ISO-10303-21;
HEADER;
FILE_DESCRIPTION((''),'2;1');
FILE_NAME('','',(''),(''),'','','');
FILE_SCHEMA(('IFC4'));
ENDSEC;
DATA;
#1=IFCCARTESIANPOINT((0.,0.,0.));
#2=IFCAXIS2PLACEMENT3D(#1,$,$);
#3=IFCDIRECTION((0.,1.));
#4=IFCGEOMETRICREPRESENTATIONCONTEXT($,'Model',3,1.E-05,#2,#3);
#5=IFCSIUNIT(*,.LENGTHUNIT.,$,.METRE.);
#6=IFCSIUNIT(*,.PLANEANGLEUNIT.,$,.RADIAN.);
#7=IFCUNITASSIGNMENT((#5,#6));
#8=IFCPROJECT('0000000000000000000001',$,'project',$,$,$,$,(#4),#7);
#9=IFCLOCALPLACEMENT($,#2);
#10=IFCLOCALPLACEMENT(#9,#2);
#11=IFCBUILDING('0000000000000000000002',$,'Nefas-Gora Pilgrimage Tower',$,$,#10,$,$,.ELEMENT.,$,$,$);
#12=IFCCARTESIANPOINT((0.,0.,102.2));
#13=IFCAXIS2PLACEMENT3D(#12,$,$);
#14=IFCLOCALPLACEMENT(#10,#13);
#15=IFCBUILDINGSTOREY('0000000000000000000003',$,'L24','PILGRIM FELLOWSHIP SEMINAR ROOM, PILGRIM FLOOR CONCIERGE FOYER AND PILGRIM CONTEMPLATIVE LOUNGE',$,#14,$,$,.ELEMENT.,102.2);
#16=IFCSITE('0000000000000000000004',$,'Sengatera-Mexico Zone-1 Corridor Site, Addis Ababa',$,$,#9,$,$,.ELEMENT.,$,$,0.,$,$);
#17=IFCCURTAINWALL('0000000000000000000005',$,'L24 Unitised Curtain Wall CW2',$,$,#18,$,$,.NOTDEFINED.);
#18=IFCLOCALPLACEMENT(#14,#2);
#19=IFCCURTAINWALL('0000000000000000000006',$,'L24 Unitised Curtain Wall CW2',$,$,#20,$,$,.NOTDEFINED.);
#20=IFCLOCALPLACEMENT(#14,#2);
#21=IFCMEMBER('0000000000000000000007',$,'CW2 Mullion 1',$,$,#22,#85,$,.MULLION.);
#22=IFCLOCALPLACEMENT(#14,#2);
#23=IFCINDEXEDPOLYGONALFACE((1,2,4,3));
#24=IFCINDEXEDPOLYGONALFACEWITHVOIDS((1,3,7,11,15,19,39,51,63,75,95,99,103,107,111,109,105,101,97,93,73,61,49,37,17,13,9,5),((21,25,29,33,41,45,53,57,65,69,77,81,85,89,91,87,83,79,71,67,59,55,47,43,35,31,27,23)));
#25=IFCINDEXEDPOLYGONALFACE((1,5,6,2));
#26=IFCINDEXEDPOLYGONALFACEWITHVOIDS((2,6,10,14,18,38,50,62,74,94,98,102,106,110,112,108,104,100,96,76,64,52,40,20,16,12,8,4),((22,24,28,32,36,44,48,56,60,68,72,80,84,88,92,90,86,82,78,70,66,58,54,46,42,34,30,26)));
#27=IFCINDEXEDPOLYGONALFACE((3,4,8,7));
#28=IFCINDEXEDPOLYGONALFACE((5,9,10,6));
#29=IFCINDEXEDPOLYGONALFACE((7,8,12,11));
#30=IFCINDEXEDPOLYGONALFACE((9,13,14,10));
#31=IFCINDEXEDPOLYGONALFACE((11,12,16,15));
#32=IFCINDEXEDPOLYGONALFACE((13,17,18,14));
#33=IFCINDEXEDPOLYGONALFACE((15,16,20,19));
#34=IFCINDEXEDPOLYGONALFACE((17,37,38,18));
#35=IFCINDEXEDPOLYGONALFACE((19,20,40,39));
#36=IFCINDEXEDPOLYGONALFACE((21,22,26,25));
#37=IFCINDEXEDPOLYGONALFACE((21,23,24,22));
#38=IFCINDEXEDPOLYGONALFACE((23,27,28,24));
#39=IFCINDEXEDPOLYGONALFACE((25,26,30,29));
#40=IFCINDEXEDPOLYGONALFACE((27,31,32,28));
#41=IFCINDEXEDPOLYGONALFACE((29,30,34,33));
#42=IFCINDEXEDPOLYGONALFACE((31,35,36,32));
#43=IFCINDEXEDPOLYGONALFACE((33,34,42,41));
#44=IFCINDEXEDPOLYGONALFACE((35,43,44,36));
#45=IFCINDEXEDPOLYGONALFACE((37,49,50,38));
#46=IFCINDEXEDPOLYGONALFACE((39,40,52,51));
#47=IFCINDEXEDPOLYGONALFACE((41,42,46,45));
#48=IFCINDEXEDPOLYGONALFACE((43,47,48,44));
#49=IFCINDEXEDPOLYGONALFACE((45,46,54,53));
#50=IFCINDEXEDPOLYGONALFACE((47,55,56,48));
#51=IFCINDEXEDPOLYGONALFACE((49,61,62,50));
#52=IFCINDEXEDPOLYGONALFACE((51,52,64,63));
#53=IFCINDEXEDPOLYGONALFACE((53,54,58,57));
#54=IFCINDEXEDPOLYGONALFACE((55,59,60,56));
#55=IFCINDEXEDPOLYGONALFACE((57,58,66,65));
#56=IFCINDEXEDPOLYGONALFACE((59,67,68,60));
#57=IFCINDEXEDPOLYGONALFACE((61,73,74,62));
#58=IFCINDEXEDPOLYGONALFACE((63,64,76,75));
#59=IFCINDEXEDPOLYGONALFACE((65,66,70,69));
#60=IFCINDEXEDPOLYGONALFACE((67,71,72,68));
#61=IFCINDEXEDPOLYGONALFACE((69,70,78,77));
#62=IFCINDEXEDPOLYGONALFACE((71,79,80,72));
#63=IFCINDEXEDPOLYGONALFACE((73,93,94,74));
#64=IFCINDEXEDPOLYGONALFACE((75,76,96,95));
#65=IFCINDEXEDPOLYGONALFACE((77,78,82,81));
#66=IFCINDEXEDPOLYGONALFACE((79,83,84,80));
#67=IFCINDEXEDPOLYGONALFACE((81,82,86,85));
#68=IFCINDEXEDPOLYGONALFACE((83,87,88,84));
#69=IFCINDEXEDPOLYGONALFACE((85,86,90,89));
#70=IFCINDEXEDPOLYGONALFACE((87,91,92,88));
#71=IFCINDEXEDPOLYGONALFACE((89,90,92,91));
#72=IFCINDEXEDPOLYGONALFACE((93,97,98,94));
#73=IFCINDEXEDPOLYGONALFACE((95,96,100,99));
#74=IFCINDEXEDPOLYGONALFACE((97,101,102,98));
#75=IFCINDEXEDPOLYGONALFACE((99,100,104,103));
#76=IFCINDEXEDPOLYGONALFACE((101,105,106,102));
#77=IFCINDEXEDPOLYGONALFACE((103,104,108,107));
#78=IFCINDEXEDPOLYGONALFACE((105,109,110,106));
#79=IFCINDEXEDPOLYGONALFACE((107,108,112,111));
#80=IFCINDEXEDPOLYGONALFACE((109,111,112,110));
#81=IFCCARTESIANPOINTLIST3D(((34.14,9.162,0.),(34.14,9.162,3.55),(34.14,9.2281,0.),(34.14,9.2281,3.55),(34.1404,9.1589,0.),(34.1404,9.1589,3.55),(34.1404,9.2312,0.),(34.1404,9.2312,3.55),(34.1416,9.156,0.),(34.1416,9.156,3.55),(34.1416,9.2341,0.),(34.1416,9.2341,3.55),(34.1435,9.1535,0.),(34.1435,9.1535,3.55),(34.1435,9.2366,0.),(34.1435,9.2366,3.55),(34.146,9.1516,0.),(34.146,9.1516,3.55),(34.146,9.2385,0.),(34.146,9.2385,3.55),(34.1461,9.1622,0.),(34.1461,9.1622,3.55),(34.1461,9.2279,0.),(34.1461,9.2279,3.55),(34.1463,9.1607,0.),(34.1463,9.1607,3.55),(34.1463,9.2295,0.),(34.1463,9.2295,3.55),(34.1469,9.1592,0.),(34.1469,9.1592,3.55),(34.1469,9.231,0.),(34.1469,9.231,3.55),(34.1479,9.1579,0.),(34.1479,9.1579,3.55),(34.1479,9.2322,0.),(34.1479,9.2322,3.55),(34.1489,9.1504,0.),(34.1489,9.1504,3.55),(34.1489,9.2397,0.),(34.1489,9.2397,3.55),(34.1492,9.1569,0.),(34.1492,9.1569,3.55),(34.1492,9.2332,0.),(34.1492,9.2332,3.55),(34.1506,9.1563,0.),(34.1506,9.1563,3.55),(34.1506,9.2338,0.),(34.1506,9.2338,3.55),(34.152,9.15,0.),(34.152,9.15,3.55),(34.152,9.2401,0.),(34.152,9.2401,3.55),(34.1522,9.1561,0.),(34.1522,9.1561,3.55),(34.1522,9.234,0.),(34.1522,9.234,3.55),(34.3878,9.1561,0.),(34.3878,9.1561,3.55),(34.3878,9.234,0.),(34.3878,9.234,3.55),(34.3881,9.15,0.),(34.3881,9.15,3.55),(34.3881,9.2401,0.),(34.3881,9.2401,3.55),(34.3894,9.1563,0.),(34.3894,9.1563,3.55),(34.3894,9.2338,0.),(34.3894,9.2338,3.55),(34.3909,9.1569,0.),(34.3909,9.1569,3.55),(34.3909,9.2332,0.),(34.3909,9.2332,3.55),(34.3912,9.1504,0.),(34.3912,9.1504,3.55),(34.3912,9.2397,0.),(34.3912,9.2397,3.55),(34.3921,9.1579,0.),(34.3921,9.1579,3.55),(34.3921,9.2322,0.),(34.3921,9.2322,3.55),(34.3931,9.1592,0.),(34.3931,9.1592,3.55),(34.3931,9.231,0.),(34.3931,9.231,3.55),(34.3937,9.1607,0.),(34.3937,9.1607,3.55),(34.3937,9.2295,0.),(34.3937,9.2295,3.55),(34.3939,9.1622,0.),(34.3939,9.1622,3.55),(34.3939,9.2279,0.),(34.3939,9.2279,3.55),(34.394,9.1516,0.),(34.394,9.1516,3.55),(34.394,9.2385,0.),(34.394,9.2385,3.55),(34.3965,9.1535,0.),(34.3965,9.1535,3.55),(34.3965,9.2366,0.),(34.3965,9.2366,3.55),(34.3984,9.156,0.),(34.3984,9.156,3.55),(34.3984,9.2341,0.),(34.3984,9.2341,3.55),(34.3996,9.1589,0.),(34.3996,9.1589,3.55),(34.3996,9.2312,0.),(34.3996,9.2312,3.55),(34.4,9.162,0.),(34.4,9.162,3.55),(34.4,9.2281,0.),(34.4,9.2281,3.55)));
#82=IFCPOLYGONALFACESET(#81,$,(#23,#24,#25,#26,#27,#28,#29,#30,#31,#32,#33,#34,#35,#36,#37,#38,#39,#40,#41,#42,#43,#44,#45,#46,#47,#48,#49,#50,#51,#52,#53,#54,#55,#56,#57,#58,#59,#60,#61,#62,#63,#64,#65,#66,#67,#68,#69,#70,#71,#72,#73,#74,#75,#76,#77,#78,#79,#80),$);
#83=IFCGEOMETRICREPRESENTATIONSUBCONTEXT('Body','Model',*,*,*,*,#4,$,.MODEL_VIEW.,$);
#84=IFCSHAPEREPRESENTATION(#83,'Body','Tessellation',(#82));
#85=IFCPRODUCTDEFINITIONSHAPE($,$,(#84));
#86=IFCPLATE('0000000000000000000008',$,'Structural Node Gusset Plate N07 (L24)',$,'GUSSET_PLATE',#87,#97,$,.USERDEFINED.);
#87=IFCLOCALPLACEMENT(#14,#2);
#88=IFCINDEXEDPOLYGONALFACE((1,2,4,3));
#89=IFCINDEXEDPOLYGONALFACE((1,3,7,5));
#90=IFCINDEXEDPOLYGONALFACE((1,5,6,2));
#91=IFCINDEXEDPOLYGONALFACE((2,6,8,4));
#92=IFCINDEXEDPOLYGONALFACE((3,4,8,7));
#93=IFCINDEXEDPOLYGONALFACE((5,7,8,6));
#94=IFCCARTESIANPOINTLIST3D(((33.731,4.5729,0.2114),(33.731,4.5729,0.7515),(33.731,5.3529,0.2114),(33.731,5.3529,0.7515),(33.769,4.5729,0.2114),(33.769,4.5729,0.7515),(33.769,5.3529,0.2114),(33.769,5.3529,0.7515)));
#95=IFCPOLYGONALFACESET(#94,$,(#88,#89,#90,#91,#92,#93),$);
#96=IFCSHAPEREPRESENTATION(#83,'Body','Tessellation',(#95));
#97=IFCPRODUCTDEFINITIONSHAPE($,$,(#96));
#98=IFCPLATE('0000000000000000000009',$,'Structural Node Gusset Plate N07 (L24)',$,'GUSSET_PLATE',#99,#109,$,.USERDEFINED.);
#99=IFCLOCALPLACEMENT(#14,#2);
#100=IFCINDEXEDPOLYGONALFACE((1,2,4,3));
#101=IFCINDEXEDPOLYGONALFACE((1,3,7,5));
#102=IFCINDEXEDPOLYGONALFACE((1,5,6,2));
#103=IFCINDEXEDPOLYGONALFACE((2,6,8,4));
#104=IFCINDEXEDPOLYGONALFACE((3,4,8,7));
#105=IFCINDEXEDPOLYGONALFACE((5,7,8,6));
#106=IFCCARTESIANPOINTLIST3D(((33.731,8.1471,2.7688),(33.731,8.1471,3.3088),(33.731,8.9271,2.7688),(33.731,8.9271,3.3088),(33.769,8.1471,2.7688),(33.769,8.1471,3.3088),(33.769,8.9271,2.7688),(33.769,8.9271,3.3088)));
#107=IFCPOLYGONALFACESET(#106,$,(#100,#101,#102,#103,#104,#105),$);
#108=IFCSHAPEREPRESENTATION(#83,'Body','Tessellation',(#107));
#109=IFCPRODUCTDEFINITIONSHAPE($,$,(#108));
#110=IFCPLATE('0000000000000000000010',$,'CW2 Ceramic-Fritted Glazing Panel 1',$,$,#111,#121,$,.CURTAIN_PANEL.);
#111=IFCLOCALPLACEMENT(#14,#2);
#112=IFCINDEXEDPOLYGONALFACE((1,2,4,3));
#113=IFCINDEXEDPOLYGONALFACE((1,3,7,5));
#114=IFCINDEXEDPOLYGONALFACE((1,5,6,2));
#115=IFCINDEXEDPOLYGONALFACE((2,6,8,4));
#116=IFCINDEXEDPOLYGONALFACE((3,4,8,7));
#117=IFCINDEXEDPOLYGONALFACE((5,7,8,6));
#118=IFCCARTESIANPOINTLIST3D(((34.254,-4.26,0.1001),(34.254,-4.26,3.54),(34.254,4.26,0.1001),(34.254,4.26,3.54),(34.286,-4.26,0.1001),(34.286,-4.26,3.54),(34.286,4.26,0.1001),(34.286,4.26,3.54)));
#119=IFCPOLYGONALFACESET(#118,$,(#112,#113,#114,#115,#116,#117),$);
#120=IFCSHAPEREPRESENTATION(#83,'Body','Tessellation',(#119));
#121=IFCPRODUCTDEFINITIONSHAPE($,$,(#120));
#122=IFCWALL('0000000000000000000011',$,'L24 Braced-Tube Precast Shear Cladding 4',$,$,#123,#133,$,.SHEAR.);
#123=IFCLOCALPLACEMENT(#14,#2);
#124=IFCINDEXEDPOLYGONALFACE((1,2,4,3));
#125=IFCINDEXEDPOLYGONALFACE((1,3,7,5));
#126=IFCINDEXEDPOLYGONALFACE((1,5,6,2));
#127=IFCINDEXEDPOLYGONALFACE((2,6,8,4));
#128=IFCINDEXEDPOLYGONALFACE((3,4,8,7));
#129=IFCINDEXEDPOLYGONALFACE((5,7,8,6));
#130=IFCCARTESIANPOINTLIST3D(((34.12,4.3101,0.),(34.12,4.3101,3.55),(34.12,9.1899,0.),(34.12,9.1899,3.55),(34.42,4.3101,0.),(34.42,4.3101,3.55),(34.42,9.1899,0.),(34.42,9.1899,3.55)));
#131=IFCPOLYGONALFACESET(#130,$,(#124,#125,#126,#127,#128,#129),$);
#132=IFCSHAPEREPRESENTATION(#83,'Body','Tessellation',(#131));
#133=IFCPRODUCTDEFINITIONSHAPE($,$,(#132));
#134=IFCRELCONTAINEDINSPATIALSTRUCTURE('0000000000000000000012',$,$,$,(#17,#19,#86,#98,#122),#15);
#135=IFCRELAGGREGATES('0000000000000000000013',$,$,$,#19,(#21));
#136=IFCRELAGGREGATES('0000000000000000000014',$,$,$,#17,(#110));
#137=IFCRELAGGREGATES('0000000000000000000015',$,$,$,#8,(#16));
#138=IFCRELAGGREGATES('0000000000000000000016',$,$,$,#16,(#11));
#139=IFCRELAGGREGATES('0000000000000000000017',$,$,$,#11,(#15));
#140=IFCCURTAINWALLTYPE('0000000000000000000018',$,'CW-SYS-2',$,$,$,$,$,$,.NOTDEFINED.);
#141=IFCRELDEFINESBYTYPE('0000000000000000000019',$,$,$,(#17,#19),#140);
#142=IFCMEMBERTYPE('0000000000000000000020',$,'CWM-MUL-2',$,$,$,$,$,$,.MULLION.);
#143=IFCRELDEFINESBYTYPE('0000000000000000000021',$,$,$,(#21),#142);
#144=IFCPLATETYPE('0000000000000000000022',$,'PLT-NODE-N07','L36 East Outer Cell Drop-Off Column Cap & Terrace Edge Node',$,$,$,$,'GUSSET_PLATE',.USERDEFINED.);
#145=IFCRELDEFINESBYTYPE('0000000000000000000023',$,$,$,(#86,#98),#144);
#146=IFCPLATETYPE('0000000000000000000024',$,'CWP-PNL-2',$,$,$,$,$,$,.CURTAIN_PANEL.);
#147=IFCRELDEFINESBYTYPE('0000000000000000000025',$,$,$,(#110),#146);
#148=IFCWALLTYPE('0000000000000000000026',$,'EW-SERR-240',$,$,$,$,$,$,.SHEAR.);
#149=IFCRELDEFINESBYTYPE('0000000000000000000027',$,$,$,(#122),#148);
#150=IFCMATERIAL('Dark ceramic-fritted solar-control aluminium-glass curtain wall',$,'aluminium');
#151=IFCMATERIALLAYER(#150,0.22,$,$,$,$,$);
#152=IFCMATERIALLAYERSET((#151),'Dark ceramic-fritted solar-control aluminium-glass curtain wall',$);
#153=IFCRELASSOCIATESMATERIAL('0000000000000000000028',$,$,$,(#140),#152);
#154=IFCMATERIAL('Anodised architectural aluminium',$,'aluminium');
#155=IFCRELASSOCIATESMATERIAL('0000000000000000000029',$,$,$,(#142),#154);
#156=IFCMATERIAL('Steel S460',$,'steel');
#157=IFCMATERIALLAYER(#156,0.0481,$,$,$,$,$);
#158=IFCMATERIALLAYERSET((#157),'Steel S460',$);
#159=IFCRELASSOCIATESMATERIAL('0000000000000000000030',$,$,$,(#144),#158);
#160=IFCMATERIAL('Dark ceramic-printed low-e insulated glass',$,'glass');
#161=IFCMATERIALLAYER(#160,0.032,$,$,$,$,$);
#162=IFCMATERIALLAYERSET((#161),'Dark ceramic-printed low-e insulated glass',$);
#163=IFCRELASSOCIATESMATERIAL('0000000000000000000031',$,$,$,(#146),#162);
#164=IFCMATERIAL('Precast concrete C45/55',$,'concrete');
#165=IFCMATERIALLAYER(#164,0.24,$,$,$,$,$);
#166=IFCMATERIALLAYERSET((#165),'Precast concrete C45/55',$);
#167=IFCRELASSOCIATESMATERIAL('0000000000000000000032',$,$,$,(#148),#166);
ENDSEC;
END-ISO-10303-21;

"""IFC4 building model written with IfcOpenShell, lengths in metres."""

from ifc_helpers import new_model, si_unit, direction, frame, frame_2d, origin, origin_2d, place, context, subcontext, project, spatial, rectangle, hollow_rectangle, extrude, source, transform, mapped, material, layer, layer_set, material_profile, profile_set, type_object, element, aggregate, save


model = new_model("IFC4")

# Units and contexts
model_context = context("Model", 3, precision=1e-05, world=origin(), true_north=direction((0.0, 1.0)))
body_context = subcontext(model_context, "Body", "Model", "MODEL_VIEW")
ifc_project = project(units=[si_unit("LENGTHUNIT", "METRE"), si_unit("PLANEANGLEUNIT", "RADIAN")], contexts=[model_context])

# Site, building, storey
site_placement = place(None, origin())
site = spatial("IfcSite", under=ifc_project, at=site_placement, Name="Sengatera-Mexico Zone-1 Corridor Site, Addis Ababa", CompositionType="ELEMENT", RefElevation=0.0)
building_placement = place(site_placement, origin())
building = spatial("IfcBuilding", under=site, at=building_placement, Name="Nefas-Gora Pilgrimage Tower", CompositionType="ELEMENT")
storey_placement = place(building_placement, frame((0.0, 0.0, 102.2)))
storey = spatial("IfcBuildingStorey", under=building, at=storey_placement, Name="L24", Description="PILGRIM FELLOWSHIP SEMINAR ROOM, PILGRIM FLOOR CONCIERGE FOYER AND PILGRIM CONTEMPLATIVE LOUNGE", CompositionType="ELEMENT", Elevation=102.2)

# Shared definitions
ifc_material_1 = material(Name="Steel S460", Category="steel")

# Curtain walls, member
ifc_material_2 = material(Name="Dark ceramic-fritted solar-control aluminium-glass curtain wall", Category="aluminium")
ifc_layer_1 = layer(ifc_material_2, 0.22)
ifc_layer_set_1 = layer_set([ifc_layer_1], Name="Dark ceramic-fritted solar-control aluminium-glass curtain wall")
curtain_wall_type = type_object("IfcCurtainWallType", Name="CW-SYS-2", PredefinedType="NOTDEFINED", material=ifc_layer_set_1)
curtain_wall_1_placement = place(storey_placement, origin())
curtain_wall_1 = element("IfcCurtainWall", 1, at=curtain_wall_1_placement, inside=storey, type_object=curtain_wall_type, Name="L24 Unitised Curtain Wall CW2", PredefinedType="NOTDEFINED")
ifc_material_3 = material(Name="Anodised architectural aluminium", Category="aluminium")
ifc_material_profile_1 = material_profile(ifc_material_3, hollow_rectangle(XDim=0.0901, YDim=0.26, WallThickness=0.0061, InnerFilletRadius=0.0061, OuterFilletRadius=0.012, at=origin_2d()), Name="ALU MULLION 90x260")
ifc_profile_set_1 = profile_set([ifc_material_profile_1], Name="Anodised architectural aluminium")
member_type_1 = type_object("IfcMemberType", Name="CWM-MUL-2", PredefinedType="MULLION", material=ifc_profile_set_1)
shared_shape_1 = source(origin(), body_context, "Body", "SweptSolid", [
    extrude(hollow_rectangle(XDim=0.0901, YDim=0.26, WallThickness=0.0061, InnerFilletRadius=0.0061, OuterFilletRadius=0.012, at=origin_2d()), origin(), (0.0, 0.0, 1.0), 3.55),
])
curtain_wall_2_placement = place(storey_placement, origin())
curtain_wall_2 = element("IfcCurtainWall", 2, at=curtain_wall_2_placement, inside=storey, type_object=curtain_wall_type, Name="L24 Unitised Curtain Wall CW2", PredefinedType="NOTDEFINED")
member_1_placement = place(storey_placement, frame((34.27, 9.1951, 0.0), z_axis=(0.0, 0.0, 1.0), x_axis=(0.0, 1.0, 0.0)))
member_1 = element("IfcMember", 3, at=member_1_placement, type_object=member_type_1, Name="CW2 Mullion 1", PredefinedType="MULLION", context=body_context, shape_type="MappedRepresentation", body=[
    mapped(shared_shape_1, transform((0.0, 0.0, 0.0), x_axis=(1.0, 0.0, 0.0), y_axis=(0.0, 1.0, 0.0), z_axis=(0.0, 0.0, 1.0), scale=1.0)),
])
aggregate(curtain_wall_2, [member_1])

# Plates
ifc_layer_2 = layer(ifc_material_1, 0.0481)
ifc_layer_set_2 = layer_set([ifc_layer_2], Name="Steel S460")
plate_type_1 = type_object("IfcPlateType", Name="PLT-NODE-N07", Description="L36 East Outer Cell Drop-Off Column Cap & Terrace Edge Node", ElementType="GUSSET_PLATE", PredefinedType="USERDEFINED", material=ifc_layer_set_2)
shared_shape_2 = source(origin(), body_context, "Body", "SweptSolid", [
    extrude(rectangle(XDim=0.78, YDim=0.0381, at=origin_2d()), origin(), (0.0, 0.0, 1.0), 0.54),
])
for number, where, z_axis, x_axis, name in (
    (4, (33.75, 4.9629, 0.2114), (0.0, 0.0, 1.0), (0.0, 1.0, 0.0), "Structural Node Gusset Plate N07 (L24)"),
    (5, (33.75, 8.5371, 2.7688), (0.0, 0.0, 1.0), (0.0, 1.0, 0.0), "Structural Node Gusset Plate N07 (L24)"),
):
    element("IfcPlate", number, at=place(storey_placement, frame(where, z_axis=z_axis, x_axis=x_axis)), inside=storey, type_object=plate_type_1, Name=name, ObjectType="GUSSET_PLATE", PredefinedType="USERDEFINED", context=body_context, shape_type="MappedRepresentation", body=[
        mapped(shared_shape_2, transform((0.0, 0.0, 0.0), x_axis=(1.0, 0.0, 0.0), y_axis=(0.0, 1.0, 0.0), z_axis=(0.0, 0.0, 1.0), scale=1.0)),
    ])

# Plate
ifc_material_4 = material(Name="Dark ceramic-printed low-e insulated glass", Category="glass")
ifc_layer_3 = layer(ifc_material_4, 0.032)
ifc_layer_set_3 = layer_set([ifc_layer_3], Name="Dark ceramic-printed low-e insulated glass")
plate_type_2 = type_object("IfcPlateType", Name="CWP-PNL-2", PredefinedType="CURTAIN_PANEL", material=ifc_layer_set_3)
shared_shape_3 = source(origin(), body_context, "Body", "SweptSolid", [
    extrude(rectangle(XDim=8.52, YDim=0.032, at=origin_2d()), origin(), (0.0, 0.0, 1.0), 3.4399),
])
plate_placement = place(storey_placement, frame((34.27, 0.0, 0.1001), z_axis=(0.0, 0.0, 1.0), x_axis=(0.0, 1.0, 0.0)))
plate = element("IfcPlate", 6, at=plate_placement, type_object=plate_type_2, Name="CW2 Ceramic-Fritted Glazing Panel 1", PredefinedType="CURTAIN_PANEL", context=body_context, shape_type="MappedRepresentation", body=[
    mapped(shared_shape_3, transform((0.0, 0.0, 0.0), x_axis=(1.0, 0.0, 0.0), y_axis=(0.0, 1.0, 0.0), z_axis=(0.0, 0.0, 1.0), scale=1.0)),
])
aggregate(curtain_wall_1, [plate])

# Wall
ifc_material_5 = material(Name="Precast concrete C45/55", Category="concrete")
ifc_layer_4 = layer(ifc_material_5, 0.24)
ifc_layer_set_4 = layer_set([ifc_layer_4], Name="Precast concrete C45/55")
wall_type = type_object("IfcWallType", Name="EW-SERR-240", PredefinedType="SHEAR", material=ifc_layer_set_4)
shared_shape_4 = source(origin(), body_context, "Body", "SweptSolid", [
    extrude(rectangle(XDim=4.8799, YDim=0.3, at=frame_2d((2.4399, 0.0))), origin(), (0.0, 0.0, 1.0), 3.55),
])
wall_placement = place(storey_placement, frame((34.27, 4.3101, 0.0), z_axis=(0.0, 0.0, 1.0), x_axis=(0.0, 1.0, 0.0)))
element("IfcWall", 7, at=wall_placement, inside=storey, type_object=wall_type, Name="L24 Braced-Tube Precast Shear Cladding 4", PredefinedType="SHEAR", context=body_context, shape_type="MappedRepresentation", body=[
    mapped(shared_shape_4, transform((0.0, 0.0, 0.0), x_axis=(1.0, 0.0, 0.0), y_axis=(0.0, 1.0, 0.0), z_axis=(0.0, 0.0, 1.0), scale=1.0)),
])

save(model, "model.ifc")
